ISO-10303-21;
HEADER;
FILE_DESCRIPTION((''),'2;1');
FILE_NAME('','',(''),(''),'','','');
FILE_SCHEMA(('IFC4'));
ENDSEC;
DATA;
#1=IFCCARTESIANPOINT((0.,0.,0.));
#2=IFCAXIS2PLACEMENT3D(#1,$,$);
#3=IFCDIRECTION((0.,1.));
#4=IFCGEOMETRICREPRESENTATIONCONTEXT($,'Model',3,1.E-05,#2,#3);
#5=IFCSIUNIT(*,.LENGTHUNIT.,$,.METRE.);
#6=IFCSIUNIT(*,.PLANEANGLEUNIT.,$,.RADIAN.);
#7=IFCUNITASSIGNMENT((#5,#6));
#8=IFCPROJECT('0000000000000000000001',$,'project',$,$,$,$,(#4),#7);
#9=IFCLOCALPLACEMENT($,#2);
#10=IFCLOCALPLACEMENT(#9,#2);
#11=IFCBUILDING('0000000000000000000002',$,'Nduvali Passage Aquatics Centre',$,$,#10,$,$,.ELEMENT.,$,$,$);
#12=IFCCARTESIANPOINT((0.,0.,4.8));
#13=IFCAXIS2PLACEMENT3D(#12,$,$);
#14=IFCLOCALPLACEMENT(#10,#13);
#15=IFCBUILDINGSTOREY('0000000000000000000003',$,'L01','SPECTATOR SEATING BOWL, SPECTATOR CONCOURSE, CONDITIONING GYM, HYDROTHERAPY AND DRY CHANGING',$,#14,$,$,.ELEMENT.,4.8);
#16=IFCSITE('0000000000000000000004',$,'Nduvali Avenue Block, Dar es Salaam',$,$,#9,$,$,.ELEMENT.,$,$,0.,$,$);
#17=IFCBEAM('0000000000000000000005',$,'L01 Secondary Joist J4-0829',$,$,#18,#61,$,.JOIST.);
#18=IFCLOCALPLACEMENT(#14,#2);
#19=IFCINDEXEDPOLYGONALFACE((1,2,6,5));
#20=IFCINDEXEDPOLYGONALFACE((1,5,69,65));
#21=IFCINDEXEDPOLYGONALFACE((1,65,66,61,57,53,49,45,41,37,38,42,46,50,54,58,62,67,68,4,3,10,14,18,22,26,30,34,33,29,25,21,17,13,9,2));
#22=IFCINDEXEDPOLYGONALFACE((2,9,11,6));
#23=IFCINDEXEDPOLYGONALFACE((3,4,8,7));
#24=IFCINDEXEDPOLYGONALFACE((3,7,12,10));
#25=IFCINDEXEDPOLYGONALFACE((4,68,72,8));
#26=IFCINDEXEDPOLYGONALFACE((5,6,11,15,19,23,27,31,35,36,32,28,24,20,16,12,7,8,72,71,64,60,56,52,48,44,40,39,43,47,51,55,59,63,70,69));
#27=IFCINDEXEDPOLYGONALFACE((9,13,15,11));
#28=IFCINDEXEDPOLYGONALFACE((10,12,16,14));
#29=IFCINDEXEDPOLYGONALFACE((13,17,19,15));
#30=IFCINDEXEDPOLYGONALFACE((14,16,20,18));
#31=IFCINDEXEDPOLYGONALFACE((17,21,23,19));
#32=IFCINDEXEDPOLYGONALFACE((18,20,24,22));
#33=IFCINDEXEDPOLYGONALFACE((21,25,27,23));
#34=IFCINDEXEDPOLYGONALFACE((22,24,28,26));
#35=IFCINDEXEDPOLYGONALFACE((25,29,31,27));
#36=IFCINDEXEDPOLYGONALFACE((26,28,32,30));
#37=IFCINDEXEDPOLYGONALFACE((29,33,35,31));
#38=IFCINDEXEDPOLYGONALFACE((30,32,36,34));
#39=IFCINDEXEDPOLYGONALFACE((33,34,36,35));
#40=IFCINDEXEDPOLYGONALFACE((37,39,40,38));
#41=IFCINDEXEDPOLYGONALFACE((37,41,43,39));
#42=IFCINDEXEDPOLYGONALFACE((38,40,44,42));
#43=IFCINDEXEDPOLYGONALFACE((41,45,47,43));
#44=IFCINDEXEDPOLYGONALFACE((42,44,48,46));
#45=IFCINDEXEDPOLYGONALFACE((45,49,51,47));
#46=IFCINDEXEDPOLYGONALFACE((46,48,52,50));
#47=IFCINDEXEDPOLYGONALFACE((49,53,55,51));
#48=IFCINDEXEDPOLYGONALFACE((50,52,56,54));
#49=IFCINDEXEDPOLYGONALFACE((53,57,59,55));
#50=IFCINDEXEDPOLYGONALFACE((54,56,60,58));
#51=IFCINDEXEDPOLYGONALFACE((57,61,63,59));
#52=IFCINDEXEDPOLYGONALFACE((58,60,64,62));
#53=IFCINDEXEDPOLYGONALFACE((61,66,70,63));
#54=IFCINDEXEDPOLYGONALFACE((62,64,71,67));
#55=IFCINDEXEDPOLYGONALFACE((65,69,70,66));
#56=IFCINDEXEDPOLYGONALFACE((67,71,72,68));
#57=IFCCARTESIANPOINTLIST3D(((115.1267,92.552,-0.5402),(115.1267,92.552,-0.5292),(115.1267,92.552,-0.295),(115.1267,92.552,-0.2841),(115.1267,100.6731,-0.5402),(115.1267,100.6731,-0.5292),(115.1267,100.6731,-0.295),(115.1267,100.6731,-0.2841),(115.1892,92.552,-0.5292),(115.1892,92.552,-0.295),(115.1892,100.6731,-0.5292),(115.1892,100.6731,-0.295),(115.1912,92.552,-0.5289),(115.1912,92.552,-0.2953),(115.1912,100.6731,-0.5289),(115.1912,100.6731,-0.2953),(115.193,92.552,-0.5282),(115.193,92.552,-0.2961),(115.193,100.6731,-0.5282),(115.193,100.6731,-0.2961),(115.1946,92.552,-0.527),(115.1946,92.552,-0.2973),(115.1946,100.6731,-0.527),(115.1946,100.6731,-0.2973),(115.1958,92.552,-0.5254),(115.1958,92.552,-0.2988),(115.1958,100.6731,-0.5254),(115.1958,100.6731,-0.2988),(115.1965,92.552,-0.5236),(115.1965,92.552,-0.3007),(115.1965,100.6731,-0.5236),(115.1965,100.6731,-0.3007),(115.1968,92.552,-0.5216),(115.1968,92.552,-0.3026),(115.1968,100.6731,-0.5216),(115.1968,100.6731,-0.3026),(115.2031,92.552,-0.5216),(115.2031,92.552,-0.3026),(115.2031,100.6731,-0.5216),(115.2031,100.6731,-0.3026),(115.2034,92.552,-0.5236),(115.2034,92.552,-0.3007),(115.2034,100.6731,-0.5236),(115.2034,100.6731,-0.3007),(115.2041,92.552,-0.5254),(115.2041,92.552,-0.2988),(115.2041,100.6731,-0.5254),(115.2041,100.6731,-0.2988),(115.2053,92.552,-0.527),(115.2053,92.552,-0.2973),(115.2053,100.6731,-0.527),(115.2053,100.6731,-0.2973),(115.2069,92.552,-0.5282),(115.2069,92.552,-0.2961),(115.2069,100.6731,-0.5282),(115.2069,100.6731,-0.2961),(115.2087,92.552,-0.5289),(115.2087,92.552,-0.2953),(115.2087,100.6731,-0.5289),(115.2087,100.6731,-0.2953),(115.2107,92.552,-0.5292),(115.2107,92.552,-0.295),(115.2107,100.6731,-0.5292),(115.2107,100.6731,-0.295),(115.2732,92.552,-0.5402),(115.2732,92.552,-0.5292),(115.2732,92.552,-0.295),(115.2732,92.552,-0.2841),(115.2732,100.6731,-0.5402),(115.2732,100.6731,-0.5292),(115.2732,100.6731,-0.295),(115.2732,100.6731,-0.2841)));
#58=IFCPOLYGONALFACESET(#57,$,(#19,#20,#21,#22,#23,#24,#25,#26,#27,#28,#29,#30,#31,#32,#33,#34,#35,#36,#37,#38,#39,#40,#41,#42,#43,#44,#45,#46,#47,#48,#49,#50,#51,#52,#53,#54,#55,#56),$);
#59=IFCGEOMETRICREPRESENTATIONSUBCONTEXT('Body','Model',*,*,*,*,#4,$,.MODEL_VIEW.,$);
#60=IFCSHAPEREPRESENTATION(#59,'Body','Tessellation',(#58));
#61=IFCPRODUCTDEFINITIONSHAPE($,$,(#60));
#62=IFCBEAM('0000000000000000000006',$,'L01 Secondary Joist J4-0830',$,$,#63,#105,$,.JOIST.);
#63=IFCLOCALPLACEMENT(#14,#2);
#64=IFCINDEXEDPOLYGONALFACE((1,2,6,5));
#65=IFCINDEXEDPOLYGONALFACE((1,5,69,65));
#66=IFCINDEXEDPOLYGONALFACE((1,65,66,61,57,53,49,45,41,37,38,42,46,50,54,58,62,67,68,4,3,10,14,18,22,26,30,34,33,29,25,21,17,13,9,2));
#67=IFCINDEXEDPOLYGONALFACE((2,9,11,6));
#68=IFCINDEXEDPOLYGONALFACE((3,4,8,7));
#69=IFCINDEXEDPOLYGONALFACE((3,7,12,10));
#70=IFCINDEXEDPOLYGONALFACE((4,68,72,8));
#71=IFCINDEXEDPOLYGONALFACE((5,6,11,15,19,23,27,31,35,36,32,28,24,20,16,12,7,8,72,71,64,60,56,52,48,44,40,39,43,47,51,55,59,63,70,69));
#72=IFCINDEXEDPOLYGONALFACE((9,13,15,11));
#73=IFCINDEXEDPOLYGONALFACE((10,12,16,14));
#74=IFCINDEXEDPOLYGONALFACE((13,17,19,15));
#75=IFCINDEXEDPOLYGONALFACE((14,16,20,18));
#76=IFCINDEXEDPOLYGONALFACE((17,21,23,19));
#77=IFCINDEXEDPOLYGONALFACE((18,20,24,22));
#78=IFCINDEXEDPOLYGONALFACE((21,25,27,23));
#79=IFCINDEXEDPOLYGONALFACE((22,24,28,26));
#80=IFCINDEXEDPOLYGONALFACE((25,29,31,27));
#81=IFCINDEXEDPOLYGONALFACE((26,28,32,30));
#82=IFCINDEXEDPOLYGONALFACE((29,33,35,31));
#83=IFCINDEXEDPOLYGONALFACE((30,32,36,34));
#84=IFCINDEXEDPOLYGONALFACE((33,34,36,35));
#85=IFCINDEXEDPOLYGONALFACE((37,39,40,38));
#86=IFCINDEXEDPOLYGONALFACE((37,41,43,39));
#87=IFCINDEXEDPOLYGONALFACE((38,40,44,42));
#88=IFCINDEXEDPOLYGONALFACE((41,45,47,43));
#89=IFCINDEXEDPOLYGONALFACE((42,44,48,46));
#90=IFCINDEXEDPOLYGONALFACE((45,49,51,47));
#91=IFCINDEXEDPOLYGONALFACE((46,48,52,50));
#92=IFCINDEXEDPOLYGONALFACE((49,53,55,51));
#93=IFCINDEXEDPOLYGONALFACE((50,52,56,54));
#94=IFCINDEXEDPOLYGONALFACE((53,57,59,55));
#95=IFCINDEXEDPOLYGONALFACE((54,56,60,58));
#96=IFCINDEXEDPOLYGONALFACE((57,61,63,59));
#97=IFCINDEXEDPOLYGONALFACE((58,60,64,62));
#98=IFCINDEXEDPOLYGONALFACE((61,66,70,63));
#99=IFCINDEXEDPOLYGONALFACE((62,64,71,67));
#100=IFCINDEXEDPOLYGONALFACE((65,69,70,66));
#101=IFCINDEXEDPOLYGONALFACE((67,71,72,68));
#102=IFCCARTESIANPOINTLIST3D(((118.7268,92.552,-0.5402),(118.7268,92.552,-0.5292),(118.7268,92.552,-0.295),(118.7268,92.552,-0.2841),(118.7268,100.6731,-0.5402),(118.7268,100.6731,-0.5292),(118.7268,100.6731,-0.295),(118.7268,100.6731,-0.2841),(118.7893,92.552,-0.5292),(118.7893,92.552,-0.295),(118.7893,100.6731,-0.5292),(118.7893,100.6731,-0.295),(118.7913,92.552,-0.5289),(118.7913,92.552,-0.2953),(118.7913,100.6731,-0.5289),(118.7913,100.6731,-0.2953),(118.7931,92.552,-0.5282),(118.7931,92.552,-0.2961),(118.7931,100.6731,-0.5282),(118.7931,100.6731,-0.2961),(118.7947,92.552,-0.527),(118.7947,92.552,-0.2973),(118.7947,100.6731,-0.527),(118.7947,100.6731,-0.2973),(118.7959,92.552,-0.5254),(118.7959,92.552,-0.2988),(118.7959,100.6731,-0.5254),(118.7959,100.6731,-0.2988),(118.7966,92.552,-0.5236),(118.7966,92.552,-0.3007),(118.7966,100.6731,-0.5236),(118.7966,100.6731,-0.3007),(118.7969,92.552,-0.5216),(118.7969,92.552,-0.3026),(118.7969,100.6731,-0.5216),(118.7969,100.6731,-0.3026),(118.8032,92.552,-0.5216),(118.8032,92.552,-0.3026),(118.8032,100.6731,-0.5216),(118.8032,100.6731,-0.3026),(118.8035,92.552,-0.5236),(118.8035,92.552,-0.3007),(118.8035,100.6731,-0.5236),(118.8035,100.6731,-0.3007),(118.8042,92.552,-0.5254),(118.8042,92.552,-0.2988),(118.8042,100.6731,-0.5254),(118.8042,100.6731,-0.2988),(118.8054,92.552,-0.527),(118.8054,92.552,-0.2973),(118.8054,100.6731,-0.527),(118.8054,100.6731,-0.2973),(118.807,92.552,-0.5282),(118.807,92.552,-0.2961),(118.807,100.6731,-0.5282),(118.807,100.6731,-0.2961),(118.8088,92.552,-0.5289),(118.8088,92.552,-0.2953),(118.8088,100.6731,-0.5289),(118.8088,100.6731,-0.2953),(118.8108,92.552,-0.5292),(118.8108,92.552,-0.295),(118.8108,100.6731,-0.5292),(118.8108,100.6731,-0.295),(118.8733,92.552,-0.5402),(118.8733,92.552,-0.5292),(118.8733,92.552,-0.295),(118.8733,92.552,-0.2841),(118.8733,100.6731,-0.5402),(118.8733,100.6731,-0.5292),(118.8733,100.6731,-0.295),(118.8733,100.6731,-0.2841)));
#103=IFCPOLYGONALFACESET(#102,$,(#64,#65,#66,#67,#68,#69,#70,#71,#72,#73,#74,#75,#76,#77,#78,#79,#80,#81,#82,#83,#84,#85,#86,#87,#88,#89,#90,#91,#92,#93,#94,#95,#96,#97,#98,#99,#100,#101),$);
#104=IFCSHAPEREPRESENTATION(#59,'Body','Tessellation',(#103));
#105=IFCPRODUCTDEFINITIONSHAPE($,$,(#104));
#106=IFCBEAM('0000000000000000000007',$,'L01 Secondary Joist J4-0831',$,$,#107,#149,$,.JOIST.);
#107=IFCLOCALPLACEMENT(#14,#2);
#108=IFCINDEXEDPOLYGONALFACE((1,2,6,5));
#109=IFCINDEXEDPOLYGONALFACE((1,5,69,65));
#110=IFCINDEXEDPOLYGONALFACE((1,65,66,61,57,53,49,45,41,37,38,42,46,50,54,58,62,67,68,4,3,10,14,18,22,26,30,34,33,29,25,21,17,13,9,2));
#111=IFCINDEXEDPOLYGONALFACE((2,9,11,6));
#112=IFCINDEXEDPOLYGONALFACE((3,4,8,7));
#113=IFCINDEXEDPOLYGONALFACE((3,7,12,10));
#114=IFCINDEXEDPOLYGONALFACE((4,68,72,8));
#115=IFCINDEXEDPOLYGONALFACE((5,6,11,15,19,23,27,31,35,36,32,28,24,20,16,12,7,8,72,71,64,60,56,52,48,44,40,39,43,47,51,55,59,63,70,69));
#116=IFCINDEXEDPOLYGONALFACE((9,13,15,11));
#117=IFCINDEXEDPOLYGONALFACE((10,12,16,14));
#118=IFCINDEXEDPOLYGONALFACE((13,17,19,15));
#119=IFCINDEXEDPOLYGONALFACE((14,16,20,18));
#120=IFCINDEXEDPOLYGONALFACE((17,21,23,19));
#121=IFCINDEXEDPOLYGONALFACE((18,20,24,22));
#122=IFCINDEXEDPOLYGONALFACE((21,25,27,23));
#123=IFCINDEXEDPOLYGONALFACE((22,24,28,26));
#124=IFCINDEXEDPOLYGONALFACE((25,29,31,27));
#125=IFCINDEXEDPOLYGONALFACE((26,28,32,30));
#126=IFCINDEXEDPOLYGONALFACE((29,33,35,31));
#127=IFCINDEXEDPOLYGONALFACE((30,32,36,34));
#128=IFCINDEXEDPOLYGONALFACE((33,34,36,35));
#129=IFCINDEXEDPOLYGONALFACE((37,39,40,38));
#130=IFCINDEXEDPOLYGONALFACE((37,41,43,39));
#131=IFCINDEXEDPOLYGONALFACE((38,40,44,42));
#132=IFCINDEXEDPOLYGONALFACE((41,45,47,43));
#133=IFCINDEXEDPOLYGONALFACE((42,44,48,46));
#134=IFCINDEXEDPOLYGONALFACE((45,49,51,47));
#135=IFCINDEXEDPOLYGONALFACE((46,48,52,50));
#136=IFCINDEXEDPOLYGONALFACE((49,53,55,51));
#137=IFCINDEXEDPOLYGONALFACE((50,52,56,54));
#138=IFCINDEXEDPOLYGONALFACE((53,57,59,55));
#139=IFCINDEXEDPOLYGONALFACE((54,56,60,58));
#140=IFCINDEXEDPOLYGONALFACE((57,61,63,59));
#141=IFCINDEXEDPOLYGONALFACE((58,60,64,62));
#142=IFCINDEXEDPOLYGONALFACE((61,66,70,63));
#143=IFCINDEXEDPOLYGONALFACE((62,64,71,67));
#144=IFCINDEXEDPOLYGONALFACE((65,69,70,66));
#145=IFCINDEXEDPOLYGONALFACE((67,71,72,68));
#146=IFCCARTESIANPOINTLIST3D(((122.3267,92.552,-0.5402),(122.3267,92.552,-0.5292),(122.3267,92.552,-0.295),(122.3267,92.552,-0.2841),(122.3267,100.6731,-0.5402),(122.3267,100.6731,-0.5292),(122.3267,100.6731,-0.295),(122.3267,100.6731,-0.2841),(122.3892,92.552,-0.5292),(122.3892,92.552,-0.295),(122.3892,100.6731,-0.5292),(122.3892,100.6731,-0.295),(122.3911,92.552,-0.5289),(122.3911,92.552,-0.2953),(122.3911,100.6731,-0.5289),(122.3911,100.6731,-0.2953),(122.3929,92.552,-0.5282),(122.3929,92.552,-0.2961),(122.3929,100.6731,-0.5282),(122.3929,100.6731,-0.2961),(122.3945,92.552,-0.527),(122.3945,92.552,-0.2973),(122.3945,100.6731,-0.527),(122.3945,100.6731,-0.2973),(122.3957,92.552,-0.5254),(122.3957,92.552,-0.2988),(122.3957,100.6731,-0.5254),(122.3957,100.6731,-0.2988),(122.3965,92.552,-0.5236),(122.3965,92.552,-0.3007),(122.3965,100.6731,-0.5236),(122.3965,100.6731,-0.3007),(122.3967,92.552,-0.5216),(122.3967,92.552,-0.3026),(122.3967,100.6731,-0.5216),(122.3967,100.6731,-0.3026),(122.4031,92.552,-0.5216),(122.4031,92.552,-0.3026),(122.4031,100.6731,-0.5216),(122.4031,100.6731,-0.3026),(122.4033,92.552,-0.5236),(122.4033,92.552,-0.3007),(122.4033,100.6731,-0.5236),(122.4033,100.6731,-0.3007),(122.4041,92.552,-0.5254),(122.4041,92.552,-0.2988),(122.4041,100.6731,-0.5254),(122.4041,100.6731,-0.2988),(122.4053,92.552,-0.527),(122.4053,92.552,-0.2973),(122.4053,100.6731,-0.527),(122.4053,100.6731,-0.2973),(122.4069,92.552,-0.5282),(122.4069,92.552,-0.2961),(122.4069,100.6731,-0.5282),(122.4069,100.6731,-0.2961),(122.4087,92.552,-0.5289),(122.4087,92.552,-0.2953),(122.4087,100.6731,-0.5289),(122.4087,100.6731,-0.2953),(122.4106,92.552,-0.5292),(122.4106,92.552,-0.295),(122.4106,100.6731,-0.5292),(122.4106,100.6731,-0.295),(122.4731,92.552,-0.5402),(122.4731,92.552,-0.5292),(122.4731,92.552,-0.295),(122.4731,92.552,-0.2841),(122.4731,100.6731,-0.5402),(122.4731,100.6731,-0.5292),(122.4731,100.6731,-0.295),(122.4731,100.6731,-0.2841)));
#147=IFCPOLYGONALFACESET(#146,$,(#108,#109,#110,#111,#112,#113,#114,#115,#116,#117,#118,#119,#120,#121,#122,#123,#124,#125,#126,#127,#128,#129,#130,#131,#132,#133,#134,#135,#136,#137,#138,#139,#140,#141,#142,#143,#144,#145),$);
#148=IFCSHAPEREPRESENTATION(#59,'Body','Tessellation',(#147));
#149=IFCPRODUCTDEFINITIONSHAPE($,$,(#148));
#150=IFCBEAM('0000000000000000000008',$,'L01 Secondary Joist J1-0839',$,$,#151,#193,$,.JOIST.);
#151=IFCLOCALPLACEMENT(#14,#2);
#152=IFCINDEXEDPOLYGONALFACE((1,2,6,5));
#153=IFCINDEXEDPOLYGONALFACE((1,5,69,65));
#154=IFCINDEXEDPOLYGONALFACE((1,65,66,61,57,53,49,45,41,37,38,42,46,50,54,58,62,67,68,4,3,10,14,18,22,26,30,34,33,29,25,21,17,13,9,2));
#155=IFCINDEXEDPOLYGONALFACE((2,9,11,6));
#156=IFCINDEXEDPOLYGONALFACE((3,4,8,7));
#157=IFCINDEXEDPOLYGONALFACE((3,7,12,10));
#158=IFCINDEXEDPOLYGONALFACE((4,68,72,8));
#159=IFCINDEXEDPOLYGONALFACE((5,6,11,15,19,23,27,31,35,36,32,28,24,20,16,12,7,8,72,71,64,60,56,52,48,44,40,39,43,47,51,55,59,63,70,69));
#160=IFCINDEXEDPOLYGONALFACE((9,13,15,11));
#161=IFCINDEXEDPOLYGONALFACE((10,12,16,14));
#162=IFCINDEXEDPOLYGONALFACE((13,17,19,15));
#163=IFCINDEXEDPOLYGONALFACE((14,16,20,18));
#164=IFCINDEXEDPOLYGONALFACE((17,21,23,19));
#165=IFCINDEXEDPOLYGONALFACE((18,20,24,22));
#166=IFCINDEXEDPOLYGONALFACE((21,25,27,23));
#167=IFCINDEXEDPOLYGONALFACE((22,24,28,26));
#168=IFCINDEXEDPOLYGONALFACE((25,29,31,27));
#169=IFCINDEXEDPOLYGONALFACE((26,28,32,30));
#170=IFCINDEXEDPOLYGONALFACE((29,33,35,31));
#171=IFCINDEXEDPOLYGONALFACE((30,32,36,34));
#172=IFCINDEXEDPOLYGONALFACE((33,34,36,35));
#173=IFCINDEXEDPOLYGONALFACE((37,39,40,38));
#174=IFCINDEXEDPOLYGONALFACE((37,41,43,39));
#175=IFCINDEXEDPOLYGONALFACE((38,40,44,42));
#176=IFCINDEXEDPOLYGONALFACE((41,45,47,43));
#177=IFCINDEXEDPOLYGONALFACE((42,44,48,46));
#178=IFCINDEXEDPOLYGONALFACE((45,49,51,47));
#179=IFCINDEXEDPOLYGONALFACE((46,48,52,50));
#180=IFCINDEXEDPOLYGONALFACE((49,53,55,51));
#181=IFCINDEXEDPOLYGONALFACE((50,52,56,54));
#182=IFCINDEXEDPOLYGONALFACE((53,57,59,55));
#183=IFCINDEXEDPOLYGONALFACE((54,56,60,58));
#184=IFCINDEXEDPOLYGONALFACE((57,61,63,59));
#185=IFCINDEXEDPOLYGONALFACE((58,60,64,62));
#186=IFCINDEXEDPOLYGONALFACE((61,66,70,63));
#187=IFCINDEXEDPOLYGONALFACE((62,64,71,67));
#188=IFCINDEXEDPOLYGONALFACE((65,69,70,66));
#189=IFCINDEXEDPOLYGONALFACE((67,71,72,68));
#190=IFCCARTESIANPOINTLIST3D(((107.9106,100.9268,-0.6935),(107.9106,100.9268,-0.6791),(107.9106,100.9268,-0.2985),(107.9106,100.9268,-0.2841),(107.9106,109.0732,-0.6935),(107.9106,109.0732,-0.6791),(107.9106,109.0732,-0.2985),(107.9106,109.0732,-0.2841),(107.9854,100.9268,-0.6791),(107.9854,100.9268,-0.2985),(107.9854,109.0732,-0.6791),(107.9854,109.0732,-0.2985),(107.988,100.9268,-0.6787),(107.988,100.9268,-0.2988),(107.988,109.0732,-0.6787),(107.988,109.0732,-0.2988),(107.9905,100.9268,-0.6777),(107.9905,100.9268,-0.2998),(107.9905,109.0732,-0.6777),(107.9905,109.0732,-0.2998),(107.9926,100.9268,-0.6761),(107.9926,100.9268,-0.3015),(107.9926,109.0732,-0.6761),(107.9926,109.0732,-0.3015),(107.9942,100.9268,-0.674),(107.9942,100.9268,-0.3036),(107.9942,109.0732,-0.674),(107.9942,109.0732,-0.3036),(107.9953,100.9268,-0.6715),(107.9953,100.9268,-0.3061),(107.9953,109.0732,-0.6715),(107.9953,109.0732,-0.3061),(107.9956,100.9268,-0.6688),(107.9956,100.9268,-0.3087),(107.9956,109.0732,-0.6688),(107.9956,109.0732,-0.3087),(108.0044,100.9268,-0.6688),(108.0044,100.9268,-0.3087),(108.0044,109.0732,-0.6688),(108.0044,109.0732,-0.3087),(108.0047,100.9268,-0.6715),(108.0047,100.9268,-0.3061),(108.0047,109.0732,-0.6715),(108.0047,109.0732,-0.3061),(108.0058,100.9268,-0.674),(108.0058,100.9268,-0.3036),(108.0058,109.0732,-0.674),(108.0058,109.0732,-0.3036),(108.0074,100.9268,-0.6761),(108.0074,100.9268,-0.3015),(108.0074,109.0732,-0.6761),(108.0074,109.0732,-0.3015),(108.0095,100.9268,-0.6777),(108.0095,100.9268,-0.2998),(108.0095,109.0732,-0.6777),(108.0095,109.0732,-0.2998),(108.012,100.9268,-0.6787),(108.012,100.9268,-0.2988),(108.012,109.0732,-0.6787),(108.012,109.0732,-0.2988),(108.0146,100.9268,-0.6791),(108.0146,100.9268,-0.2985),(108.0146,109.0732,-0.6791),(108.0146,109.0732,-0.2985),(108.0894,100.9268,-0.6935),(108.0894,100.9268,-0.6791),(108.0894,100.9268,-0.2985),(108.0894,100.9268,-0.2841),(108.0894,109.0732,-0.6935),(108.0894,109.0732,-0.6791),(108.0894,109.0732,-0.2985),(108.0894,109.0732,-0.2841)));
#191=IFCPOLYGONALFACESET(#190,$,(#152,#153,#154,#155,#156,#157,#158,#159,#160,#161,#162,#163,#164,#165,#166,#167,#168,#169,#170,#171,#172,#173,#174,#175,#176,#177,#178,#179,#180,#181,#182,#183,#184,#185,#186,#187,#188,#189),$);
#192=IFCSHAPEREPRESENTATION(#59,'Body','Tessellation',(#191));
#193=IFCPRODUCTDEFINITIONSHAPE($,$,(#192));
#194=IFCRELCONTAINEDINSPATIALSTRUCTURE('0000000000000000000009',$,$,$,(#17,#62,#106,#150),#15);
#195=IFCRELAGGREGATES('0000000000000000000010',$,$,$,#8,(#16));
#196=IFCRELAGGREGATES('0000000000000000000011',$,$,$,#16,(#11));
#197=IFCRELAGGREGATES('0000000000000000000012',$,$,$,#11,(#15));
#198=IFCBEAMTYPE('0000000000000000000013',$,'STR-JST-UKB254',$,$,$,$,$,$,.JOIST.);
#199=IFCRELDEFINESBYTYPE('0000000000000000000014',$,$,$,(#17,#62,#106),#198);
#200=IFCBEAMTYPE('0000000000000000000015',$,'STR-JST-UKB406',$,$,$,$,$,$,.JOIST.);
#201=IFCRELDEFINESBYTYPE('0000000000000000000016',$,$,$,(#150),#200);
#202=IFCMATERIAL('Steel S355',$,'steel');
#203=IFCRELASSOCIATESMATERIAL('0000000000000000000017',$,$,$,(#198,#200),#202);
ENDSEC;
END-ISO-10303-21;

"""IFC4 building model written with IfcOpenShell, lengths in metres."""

from ifc_helpers import new_model, si_unit, direction, frame, origin, origin_2d, place, context, subcontext, project, spatial, i_section, extrude, material, material_profile, profile_set, type_object, element, save


model = new_model("IFC4")

# Units and contexts
model_context = context("Model", 3, precision=1e-05, world=origin(), true_north=direction((0.0, 1.0)))
body_context = subcontext(model_context, "Body", "Model", "MODEL_VIEW")
ifc_project = project(units=[si_unit("LENGTHUNIT", "METRE"), si_unit("PLANEANGLEUNIT", "RADIAN")], contexts=[model_context])

# Site, building, storey
site_placement = place(None, origin())
site = spatial("IfcSite", under=ifc_project, at=site_placement, Name="Nduvali Avenue Block, Dar es Salaam", CompositionType="ELEMENT", RefElevation=0.0)
building_placement = place(site_placement, origin())
building = spatial("IfcBuilding", under=site, at=building_placement, Name="Nduvali Passage Aquatics Centre", CompositionType="ELEMENT")
storey_placement = place(building_placement, frame((0.0, 0.0, 4.8)))
storey = spatial("IfcBuildingStorey", under=building, at=storey_placement, Name="L01", Description="SPECTATOR SEATING BOWL, SPECTATOR CONCOURSE, CONDITIONING GYM, HYDROTHERAPY AND DRY CHANGING", CompositionType="ELEMENT", Elevation=4.8)

# Shared definitions
ifc_material_1 = material(Name="Steel S355", Category="steel")

# Beams
ifc_material_profile_1 = material_profile(ifc_material_1, i_section(OverallWidth=0.1465, OverallDepth=0.2561, WebThickness=0.0063, FlangeThickness=0.011, FilletRadius=0.0076, at=origin_2d()), Name="UKB 254x146x37")
ifc_profile_set_1 = profile_set([ifc_material_profile_1], Name="Steel S355")
beam_type_1 = type_object("IfcBeamType", Name="STR-JST-UKB254", PredefinedType="JOIST", material=ifc_profile_set_1)
for number, where, z_axis, x_axis, name in (
    (1, (115.2, 92.552, -0.4121), (0.0, 1.0, 0.0), (-1.0, 0.0, 0.0), "L01 Secondary Joist J4-0829"),
    (2, (118.8, 92.552, -0.4121), (0.0, 1.0, 0.0), (-1.0, 0.0, 0.0), "L01 Secondary Joist J4-0830"),
    (3, (122.3999, 92.552, -0.4121), (0.0, 1.0, 0.0), (-1.0, 0.0, 0.0), "L01 Secondary Joist J4-0831"),
):
    element("IfcBeam", number, at=place(storey_placement, frame(where, z_axis=z_axis, x_axis=x_axis)), inside=storey, type_object=beam_type_1, Name=name, PredefinedType="JOIST", context=body_context, shape_type="SweptSolid", body=[
        extrude(i_section(OverallWidth=0.1465, OverallDepth=0.2561, WebThickness=0.0063, FlangeThickness=0.011, FilletRadius=0.0076, at=origin_2d()), origin(), (0.0, 0.0, 1.0), 8.1211),
    ])
ifc_material_profile_2 = material_profile(ifc_material_1, i_section(OverallWidth=0.1787, OverallDepth=0.4094, WebThickness=0.0088, FlangeThickness=0.0144, FilletRadius=0.0103, at=origin_2d()), Name="UKB 406x178x67")
ifc_profile_set_2 = profile_set([ifc_material_profile_2], Name="Steel S355")
beam_type_2 = type_object("IfcBeamType", Name="STR-JST-UKB406", PredefinedType="JOIST", material=ifc_profile_set_2)
beam_1_placement = place(storey_placement, frame((108.0, 100.9268, -0.4888), z_axis=(0.0, 1.0, 0.0), x_axis=(-1.0, 0.0, 0.0)))
element("IfcBeam", 4, at=beam_1_placement, inside=storey, type_object=beam_type_2, Name="L01 Secondary Joist J1-0839", PredefinedType="JOIST", context=body_context, shape_type="SweptSolid", body=[
    extrude(i_section(OverallWidth=0.1787, OverallDepth=0.4094, WebThickness=0.0088, FlangeThickness=0.0144, FilletRadius=0.0103, at=origin_2d()), origin(), (0.0, 0.0, 1.0), 8.1465),
])

save(model, "model.ifc")
